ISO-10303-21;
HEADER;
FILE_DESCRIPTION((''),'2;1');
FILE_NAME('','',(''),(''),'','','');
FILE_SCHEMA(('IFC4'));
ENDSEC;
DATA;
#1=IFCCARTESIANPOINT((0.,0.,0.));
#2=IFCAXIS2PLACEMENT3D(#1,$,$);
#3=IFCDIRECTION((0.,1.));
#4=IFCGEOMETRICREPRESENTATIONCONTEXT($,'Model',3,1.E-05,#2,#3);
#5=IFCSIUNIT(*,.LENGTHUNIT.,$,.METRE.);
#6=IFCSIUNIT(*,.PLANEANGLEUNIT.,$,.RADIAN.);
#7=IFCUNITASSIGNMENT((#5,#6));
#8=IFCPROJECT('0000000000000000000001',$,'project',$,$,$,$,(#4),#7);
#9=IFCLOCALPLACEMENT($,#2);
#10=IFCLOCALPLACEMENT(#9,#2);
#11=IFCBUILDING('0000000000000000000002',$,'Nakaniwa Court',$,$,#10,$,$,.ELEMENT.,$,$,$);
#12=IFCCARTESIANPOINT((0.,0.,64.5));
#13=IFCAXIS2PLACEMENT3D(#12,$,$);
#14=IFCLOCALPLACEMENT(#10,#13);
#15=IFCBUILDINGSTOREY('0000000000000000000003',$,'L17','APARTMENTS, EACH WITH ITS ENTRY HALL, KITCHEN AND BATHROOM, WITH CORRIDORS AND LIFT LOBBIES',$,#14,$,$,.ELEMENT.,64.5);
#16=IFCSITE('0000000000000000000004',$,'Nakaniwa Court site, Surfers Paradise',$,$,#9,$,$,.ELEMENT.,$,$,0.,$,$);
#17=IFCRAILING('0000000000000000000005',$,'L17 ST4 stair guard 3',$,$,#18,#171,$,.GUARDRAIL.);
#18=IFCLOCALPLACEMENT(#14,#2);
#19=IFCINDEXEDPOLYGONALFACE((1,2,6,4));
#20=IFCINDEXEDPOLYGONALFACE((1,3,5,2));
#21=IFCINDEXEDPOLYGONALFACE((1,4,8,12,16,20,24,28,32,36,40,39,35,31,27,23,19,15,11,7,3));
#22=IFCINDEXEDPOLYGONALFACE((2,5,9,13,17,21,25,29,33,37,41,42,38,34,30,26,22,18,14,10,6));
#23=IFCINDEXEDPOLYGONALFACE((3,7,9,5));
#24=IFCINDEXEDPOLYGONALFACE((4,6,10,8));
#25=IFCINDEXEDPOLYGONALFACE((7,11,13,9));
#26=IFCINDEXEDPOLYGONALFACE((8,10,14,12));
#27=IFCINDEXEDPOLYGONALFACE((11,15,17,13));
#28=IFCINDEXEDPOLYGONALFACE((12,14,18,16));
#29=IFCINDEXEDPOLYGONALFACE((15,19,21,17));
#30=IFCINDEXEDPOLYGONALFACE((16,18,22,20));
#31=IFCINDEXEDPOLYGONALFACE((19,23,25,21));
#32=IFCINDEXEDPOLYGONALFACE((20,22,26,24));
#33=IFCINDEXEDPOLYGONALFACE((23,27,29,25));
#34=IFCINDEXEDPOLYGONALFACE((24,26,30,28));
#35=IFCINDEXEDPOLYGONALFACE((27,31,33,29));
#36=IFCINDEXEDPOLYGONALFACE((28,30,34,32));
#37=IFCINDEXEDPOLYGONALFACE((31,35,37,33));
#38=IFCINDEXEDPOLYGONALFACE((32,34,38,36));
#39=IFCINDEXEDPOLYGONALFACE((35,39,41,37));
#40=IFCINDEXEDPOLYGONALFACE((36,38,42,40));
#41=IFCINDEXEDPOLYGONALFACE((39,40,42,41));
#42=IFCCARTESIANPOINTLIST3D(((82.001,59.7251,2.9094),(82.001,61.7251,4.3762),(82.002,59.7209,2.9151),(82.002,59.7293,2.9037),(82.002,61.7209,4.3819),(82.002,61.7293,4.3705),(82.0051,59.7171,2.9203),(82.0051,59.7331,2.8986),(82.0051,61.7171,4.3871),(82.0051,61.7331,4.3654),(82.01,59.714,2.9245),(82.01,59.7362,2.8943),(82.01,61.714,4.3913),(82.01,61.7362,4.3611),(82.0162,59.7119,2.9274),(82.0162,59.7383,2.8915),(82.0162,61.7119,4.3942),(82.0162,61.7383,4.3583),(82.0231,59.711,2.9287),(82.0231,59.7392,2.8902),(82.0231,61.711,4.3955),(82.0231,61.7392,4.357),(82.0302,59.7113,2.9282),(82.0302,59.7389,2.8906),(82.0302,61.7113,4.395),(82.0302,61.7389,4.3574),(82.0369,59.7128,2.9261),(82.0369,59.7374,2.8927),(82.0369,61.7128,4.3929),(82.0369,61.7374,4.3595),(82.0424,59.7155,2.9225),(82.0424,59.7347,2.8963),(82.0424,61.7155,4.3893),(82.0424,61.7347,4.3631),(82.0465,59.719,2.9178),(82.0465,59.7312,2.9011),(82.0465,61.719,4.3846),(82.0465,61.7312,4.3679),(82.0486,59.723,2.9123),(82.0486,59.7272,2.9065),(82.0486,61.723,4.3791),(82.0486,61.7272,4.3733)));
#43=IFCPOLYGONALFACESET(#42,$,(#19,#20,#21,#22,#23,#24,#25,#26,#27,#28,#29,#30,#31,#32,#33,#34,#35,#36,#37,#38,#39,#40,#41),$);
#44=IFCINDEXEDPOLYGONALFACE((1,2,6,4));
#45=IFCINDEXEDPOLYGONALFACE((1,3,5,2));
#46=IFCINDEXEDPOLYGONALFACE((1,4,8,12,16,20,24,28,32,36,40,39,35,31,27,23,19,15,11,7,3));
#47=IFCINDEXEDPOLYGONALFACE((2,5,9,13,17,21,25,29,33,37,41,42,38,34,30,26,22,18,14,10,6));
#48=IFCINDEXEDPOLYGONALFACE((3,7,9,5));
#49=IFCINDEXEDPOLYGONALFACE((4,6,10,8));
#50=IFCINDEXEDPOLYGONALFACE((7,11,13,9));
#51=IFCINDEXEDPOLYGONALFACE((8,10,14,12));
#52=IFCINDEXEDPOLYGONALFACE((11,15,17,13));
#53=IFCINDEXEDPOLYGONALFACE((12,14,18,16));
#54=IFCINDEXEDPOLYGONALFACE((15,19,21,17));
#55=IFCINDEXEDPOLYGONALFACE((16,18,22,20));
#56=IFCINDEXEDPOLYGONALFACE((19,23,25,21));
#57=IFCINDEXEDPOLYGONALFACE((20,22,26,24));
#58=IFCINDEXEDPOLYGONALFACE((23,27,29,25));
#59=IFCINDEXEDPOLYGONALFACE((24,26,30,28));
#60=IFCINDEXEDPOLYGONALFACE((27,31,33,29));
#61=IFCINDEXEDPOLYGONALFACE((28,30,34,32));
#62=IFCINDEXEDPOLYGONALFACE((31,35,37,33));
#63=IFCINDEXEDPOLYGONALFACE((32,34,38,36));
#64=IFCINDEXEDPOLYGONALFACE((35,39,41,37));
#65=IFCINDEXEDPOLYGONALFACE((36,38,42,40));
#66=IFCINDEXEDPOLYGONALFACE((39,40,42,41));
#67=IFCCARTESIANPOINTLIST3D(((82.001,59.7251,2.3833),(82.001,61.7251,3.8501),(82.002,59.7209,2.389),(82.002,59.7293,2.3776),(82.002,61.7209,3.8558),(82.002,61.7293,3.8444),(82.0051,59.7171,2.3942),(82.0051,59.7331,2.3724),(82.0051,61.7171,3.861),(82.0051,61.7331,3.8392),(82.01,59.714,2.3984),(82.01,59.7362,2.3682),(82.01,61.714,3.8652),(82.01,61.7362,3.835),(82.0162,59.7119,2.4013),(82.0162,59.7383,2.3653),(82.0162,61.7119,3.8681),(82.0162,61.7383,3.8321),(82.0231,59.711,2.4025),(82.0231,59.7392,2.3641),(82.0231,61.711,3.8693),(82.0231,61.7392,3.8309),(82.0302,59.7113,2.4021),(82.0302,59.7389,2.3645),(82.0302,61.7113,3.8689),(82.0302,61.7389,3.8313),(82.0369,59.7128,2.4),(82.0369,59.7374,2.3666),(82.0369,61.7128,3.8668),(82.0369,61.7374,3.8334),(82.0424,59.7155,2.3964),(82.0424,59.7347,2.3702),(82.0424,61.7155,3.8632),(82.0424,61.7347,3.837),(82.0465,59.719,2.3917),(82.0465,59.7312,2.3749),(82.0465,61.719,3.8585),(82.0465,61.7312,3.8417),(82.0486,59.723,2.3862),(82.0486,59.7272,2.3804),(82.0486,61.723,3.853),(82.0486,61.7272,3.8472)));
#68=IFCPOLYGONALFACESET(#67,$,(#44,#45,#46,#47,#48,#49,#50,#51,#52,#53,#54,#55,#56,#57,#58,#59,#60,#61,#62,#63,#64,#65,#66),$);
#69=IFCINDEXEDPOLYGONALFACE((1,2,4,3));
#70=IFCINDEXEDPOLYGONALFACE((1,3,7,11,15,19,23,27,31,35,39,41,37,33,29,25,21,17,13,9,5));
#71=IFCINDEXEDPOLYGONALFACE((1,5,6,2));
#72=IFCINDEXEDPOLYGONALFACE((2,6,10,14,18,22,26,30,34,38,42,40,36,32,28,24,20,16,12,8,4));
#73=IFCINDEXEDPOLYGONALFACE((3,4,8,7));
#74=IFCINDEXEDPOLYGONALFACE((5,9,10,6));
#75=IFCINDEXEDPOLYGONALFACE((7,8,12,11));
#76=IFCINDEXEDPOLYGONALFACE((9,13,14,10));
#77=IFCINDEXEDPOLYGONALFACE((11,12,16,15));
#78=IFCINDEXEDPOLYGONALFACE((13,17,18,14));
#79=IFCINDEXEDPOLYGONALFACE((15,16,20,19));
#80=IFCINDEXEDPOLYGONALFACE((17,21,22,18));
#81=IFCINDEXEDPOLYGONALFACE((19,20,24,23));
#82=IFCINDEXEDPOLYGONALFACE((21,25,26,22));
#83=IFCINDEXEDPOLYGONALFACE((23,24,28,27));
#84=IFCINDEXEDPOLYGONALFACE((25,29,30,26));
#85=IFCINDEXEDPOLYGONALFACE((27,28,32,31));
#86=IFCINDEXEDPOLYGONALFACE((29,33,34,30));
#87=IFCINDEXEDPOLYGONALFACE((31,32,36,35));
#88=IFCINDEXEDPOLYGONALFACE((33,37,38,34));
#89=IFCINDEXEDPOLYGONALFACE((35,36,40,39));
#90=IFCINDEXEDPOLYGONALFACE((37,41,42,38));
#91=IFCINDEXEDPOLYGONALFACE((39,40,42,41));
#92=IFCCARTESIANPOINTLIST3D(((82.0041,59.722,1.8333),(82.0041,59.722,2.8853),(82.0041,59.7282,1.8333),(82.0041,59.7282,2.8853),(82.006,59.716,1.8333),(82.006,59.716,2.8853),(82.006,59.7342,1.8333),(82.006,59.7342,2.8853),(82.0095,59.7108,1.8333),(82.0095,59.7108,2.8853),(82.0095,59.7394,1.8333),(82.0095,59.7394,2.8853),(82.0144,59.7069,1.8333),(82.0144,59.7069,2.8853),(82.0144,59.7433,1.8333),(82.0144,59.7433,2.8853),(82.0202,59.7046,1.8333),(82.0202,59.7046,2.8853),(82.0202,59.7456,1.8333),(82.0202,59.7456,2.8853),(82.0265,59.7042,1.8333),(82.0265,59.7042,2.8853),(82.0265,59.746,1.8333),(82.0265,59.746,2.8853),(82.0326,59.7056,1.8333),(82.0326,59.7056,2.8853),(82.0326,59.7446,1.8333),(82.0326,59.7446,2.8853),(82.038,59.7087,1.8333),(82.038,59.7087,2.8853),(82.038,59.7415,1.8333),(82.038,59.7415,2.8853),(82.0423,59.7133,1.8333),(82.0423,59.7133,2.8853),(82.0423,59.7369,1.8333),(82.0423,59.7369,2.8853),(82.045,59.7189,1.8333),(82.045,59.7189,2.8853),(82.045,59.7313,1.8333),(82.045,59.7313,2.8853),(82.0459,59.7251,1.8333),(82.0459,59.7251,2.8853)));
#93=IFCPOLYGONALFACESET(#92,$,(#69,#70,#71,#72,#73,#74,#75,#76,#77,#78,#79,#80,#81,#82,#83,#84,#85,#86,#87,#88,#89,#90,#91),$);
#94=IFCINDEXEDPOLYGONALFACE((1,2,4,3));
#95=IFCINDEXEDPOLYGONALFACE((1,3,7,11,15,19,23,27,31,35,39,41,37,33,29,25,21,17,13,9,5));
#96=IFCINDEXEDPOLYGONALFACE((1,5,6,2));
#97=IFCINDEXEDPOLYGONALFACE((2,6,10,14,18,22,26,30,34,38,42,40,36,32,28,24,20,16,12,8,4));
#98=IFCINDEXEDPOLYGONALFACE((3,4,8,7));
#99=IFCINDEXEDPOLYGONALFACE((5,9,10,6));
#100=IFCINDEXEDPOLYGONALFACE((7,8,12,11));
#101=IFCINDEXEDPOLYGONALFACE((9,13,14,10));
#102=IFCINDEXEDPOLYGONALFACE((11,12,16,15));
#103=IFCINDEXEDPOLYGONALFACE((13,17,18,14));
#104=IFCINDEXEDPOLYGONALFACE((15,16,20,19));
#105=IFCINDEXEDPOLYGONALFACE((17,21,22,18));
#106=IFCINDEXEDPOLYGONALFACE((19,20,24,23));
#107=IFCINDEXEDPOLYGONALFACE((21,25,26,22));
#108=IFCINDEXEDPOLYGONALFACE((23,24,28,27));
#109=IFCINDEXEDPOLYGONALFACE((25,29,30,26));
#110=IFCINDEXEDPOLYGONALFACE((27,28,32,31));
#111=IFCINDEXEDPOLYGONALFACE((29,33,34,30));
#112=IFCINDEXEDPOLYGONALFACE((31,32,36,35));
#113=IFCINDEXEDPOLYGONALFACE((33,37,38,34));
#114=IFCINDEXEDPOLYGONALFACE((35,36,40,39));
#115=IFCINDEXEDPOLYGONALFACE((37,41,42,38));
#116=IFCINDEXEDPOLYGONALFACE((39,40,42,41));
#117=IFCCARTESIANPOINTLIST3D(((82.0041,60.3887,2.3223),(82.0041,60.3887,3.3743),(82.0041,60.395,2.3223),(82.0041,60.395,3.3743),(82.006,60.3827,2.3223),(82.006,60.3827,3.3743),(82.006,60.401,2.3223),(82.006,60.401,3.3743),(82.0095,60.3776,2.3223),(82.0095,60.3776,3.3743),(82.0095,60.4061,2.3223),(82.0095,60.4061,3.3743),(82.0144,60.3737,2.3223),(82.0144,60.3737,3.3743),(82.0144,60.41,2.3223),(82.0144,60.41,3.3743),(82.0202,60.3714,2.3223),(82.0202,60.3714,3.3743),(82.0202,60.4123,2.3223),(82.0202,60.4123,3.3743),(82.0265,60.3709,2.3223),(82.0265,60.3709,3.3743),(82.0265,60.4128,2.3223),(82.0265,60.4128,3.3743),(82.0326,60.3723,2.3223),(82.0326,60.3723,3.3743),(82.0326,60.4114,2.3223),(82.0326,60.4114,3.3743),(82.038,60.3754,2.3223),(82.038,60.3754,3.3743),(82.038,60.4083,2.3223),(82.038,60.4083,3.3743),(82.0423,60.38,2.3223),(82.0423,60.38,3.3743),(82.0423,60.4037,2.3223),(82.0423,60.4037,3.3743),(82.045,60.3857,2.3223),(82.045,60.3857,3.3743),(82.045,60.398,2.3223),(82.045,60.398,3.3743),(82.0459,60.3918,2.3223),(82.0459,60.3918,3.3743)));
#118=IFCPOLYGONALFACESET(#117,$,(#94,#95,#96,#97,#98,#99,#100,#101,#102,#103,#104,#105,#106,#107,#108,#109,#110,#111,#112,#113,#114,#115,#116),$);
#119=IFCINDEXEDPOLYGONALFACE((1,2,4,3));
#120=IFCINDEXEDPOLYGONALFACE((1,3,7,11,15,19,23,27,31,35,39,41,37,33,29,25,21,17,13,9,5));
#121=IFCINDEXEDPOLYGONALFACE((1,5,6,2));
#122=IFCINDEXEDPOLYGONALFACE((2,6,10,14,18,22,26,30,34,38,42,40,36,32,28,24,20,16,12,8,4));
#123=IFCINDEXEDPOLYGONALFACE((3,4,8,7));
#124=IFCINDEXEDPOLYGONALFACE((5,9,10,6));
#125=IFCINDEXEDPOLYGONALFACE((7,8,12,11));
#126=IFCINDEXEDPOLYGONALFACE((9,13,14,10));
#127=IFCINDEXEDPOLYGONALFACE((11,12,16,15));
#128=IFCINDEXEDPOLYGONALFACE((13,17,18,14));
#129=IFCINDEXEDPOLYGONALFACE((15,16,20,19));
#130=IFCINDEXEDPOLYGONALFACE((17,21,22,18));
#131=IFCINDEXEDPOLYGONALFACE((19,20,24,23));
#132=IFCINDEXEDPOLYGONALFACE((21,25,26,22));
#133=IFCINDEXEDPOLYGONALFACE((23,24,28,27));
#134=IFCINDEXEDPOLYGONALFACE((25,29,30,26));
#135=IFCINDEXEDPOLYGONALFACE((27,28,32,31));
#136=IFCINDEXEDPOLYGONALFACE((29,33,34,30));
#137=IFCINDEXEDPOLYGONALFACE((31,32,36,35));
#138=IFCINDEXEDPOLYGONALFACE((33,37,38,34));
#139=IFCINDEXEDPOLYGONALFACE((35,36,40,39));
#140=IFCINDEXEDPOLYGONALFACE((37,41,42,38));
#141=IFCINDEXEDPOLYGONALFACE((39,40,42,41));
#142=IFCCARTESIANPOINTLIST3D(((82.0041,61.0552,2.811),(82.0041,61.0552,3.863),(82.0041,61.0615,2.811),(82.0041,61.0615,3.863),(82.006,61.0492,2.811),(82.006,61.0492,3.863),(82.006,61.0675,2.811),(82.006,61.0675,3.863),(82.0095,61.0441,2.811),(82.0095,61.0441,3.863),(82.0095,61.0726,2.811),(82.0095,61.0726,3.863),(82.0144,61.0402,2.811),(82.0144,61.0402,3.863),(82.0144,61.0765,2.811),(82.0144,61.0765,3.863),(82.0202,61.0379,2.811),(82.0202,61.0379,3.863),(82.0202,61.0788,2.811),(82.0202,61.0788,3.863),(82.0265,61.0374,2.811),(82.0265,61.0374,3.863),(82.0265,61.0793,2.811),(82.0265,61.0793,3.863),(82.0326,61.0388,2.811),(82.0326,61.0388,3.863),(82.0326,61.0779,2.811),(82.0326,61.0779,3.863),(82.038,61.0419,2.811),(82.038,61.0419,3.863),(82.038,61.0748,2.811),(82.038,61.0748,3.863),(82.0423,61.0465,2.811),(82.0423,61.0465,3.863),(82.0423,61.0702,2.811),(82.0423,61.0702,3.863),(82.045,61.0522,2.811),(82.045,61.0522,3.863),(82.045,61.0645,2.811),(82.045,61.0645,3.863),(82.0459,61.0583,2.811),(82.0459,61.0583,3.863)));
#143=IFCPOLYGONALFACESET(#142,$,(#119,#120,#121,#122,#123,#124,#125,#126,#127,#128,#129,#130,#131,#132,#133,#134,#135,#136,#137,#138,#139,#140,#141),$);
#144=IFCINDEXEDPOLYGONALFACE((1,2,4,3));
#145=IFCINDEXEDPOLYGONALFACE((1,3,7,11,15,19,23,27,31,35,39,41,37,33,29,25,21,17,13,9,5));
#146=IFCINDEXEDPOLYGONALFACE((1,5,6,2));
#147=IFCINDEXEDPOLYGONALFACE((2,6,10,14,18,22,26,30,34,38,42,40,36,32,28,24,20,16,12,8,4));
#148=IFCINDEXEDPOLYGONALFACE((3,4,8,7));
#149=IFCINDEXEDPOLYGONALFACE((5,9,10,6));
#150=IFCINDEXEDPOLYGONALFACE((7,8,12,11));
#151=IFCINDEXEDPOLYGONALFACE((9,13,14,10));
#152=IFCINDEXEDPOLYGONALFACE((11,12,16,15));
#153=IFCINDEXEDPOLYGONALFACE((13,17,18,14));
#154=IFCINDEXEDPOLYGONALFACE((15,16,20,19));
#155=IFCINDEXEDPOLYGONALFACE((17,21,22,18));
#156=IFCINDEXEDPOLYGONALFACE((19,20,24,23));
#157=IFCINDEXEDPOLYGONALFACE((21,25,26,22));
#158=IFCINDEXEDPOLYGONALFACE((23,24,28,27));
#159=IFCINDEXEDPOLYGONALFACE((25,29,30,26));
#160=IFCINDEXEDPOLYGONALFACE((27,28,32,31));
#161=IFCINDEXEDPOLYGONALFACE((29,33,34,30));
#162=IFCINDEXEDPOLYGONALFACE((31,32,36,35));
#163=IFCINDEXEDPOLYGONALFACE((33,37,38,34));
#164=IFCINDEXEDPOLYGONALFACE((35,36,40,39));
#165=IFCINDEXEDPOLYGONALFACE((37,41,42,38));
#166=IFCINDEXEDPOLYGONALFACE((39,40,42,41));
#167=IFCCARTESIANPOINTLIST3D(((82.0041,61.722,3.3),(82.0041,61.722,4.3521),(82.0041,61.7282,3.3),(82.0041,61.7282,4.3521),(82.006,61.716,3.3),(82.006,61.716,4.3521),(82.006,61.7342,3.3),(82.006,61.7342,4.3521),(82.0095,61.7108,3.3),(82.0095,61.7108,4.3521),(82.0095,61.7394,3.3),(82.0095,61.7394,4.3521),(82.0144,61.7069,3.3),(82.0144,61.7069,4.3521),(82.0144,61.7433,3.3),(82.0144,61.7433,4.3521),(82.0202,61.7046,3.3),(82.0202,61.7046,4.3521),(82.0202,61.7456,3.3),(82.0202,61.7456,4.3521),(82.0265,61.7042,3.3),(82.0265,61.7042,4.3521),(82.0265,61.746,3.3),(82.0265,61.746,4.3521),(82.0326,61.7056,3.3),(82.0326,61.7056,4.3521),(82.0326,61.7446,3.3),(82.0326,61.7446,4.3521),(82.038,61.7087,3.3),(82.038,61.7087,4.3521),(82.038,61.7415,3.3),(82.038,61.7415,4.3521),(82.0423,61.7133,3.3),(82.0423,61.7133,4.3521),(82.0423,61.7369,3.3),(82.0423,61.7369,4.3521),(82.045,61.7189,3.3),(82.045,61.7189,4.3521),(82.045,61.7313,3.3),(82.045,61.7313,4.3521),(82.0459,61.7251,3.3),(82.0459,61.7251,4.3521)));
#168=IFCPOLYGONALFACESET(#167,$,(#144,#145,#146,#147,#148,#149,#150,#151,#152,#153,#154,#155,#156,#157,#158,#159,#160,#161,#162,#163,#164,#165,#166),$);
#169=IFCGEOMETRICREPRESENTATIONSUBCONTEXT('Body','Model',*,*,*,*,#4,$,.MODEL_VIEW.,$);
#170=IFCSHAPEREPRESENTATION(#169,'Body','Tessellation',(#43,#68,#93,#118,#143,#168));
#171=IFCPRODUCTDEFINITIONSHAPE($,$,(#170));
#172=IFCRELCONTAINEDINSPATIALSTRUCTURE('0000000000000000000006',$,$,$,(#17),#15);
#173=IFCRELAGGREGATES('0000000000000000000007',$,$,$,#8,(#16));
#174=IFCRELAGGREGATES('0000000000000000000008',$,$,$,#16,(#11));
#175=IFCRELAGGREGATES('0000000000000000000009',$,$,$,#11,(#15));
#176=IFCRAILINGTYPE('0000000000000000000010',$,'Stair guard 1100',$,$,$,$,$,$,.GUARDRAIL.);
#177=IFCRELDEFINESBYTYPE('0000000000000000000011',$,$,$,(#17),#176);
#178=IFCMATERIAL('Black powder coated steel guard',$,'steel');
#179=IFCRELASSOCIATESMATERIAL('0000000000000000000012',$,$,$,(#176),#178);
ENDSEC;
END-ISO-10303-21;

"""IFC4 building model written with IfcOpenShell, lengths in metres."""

from ifc_helpers import new_model, si_unit, direction, frame, origin, origin_2d, place, context, subcontext, project, spatial, circle, extrude, material, type_object, element, save


model = new_model("IFC4")

# Units and contexts
model_context = context("Model", 3, precision=1e-05, world=origin(), true_north=direction((0.0, 1.0)))
body_context = subcontext(model_context, "Body", "Model", "MODEL_VIEW")
ifc_project = project(units=[si_unit("LENGTHUNIT", "METRE"), si_unit("PLANEANGLEUNIT", "RADIAN")], contexts=[model_context])

# Site, building, storey
site_placement = place(None, origin())
site = spatial("IfcSite", under=ifc_project, at=site_placement, Name="Nakaniwa Court site, Surfers Paradise", CompositionType="ELEMENT", RefElevation=0.0)
building_placement = place(site_placement, origin())
building = spatial("IfcBuilding", under=site, at=building_placement, Name="Nakaniwa Court", CompositionType="ELEMENT")
storey_placement = place(building_placement, frame((0.0, 0.0, 64.5)))
storey = spatial("IfcBuildingStorey", under=building, at=storey_placement, Name="L17", Description="APARTMENTS, EACH WITH ITS ENTRY HALL, KITCHEN AND BATHROOM, WITH CORRIDORS AND LIFT LOBBIES", CompositionType="ELEMENT", Elevation=64.5)

# Railing
ifc_material_1 = material(Name="Black powder coated steel guard", Category="steel")
railing_type_1 = type_object("IfcRailingType", Name="Stair guard 1100", PredefinedType="GUARDRAIL", material=ifc_material_1)
railing_1_placement = place(storey_placement, frame((82.0249, 59.7251, 1.8333)))
element("IfcRailing", 1, at=railing_1_placement, inside=storey, type_object=railing_type_1, Name="L17 ST4 stair guard 3", PredefinedType="GUARDRAIL", context=body_context, shape_type="SweptSolid", body=[
    extrude(circle(Radius=0.0239, at=origin_2d()), frame((0.0, 0.0, 1.0762), z_axis=(0.0, 0.80638, 0.591398), x_axis=(-1.0, 0.0, 0.0)), (0.0, 0.0, 1.0), 2.4802),
    extrude(circle(Radius=0.0239, at=origin_2d()), frame((0.0, 0.0, 0.55), z_axis=(0.0, 0.80638, 0.591398), x_axis=(-1.0, 0.0, 0.0)), (0.0, 0.0, 1.0), 2.4802),
    extrude(circle(Radius=0.021, at=origin_2d()), origin(), (0.0, 0.0, 1.0), 1.052),
    extrude(circle(Radius=0.021, at=origin_2d()), frame((0.0, 0.6667, 0.489)), (0.0, 0.0, 1.0), 1.052),
    extrude(circle(Radius=0.021, at=origin_2d()), frame((0.0, 1.3333, 0.9778)), (0.0, 0.0, 1.0), 1.052),
    extrude(circle(Radius=0.021, at=origin_2d()), frame((0.0, 2.0, 1.4668)), (0.0, 0.0, 1.0), 1.052),
])

save(model, "model.ifc")
